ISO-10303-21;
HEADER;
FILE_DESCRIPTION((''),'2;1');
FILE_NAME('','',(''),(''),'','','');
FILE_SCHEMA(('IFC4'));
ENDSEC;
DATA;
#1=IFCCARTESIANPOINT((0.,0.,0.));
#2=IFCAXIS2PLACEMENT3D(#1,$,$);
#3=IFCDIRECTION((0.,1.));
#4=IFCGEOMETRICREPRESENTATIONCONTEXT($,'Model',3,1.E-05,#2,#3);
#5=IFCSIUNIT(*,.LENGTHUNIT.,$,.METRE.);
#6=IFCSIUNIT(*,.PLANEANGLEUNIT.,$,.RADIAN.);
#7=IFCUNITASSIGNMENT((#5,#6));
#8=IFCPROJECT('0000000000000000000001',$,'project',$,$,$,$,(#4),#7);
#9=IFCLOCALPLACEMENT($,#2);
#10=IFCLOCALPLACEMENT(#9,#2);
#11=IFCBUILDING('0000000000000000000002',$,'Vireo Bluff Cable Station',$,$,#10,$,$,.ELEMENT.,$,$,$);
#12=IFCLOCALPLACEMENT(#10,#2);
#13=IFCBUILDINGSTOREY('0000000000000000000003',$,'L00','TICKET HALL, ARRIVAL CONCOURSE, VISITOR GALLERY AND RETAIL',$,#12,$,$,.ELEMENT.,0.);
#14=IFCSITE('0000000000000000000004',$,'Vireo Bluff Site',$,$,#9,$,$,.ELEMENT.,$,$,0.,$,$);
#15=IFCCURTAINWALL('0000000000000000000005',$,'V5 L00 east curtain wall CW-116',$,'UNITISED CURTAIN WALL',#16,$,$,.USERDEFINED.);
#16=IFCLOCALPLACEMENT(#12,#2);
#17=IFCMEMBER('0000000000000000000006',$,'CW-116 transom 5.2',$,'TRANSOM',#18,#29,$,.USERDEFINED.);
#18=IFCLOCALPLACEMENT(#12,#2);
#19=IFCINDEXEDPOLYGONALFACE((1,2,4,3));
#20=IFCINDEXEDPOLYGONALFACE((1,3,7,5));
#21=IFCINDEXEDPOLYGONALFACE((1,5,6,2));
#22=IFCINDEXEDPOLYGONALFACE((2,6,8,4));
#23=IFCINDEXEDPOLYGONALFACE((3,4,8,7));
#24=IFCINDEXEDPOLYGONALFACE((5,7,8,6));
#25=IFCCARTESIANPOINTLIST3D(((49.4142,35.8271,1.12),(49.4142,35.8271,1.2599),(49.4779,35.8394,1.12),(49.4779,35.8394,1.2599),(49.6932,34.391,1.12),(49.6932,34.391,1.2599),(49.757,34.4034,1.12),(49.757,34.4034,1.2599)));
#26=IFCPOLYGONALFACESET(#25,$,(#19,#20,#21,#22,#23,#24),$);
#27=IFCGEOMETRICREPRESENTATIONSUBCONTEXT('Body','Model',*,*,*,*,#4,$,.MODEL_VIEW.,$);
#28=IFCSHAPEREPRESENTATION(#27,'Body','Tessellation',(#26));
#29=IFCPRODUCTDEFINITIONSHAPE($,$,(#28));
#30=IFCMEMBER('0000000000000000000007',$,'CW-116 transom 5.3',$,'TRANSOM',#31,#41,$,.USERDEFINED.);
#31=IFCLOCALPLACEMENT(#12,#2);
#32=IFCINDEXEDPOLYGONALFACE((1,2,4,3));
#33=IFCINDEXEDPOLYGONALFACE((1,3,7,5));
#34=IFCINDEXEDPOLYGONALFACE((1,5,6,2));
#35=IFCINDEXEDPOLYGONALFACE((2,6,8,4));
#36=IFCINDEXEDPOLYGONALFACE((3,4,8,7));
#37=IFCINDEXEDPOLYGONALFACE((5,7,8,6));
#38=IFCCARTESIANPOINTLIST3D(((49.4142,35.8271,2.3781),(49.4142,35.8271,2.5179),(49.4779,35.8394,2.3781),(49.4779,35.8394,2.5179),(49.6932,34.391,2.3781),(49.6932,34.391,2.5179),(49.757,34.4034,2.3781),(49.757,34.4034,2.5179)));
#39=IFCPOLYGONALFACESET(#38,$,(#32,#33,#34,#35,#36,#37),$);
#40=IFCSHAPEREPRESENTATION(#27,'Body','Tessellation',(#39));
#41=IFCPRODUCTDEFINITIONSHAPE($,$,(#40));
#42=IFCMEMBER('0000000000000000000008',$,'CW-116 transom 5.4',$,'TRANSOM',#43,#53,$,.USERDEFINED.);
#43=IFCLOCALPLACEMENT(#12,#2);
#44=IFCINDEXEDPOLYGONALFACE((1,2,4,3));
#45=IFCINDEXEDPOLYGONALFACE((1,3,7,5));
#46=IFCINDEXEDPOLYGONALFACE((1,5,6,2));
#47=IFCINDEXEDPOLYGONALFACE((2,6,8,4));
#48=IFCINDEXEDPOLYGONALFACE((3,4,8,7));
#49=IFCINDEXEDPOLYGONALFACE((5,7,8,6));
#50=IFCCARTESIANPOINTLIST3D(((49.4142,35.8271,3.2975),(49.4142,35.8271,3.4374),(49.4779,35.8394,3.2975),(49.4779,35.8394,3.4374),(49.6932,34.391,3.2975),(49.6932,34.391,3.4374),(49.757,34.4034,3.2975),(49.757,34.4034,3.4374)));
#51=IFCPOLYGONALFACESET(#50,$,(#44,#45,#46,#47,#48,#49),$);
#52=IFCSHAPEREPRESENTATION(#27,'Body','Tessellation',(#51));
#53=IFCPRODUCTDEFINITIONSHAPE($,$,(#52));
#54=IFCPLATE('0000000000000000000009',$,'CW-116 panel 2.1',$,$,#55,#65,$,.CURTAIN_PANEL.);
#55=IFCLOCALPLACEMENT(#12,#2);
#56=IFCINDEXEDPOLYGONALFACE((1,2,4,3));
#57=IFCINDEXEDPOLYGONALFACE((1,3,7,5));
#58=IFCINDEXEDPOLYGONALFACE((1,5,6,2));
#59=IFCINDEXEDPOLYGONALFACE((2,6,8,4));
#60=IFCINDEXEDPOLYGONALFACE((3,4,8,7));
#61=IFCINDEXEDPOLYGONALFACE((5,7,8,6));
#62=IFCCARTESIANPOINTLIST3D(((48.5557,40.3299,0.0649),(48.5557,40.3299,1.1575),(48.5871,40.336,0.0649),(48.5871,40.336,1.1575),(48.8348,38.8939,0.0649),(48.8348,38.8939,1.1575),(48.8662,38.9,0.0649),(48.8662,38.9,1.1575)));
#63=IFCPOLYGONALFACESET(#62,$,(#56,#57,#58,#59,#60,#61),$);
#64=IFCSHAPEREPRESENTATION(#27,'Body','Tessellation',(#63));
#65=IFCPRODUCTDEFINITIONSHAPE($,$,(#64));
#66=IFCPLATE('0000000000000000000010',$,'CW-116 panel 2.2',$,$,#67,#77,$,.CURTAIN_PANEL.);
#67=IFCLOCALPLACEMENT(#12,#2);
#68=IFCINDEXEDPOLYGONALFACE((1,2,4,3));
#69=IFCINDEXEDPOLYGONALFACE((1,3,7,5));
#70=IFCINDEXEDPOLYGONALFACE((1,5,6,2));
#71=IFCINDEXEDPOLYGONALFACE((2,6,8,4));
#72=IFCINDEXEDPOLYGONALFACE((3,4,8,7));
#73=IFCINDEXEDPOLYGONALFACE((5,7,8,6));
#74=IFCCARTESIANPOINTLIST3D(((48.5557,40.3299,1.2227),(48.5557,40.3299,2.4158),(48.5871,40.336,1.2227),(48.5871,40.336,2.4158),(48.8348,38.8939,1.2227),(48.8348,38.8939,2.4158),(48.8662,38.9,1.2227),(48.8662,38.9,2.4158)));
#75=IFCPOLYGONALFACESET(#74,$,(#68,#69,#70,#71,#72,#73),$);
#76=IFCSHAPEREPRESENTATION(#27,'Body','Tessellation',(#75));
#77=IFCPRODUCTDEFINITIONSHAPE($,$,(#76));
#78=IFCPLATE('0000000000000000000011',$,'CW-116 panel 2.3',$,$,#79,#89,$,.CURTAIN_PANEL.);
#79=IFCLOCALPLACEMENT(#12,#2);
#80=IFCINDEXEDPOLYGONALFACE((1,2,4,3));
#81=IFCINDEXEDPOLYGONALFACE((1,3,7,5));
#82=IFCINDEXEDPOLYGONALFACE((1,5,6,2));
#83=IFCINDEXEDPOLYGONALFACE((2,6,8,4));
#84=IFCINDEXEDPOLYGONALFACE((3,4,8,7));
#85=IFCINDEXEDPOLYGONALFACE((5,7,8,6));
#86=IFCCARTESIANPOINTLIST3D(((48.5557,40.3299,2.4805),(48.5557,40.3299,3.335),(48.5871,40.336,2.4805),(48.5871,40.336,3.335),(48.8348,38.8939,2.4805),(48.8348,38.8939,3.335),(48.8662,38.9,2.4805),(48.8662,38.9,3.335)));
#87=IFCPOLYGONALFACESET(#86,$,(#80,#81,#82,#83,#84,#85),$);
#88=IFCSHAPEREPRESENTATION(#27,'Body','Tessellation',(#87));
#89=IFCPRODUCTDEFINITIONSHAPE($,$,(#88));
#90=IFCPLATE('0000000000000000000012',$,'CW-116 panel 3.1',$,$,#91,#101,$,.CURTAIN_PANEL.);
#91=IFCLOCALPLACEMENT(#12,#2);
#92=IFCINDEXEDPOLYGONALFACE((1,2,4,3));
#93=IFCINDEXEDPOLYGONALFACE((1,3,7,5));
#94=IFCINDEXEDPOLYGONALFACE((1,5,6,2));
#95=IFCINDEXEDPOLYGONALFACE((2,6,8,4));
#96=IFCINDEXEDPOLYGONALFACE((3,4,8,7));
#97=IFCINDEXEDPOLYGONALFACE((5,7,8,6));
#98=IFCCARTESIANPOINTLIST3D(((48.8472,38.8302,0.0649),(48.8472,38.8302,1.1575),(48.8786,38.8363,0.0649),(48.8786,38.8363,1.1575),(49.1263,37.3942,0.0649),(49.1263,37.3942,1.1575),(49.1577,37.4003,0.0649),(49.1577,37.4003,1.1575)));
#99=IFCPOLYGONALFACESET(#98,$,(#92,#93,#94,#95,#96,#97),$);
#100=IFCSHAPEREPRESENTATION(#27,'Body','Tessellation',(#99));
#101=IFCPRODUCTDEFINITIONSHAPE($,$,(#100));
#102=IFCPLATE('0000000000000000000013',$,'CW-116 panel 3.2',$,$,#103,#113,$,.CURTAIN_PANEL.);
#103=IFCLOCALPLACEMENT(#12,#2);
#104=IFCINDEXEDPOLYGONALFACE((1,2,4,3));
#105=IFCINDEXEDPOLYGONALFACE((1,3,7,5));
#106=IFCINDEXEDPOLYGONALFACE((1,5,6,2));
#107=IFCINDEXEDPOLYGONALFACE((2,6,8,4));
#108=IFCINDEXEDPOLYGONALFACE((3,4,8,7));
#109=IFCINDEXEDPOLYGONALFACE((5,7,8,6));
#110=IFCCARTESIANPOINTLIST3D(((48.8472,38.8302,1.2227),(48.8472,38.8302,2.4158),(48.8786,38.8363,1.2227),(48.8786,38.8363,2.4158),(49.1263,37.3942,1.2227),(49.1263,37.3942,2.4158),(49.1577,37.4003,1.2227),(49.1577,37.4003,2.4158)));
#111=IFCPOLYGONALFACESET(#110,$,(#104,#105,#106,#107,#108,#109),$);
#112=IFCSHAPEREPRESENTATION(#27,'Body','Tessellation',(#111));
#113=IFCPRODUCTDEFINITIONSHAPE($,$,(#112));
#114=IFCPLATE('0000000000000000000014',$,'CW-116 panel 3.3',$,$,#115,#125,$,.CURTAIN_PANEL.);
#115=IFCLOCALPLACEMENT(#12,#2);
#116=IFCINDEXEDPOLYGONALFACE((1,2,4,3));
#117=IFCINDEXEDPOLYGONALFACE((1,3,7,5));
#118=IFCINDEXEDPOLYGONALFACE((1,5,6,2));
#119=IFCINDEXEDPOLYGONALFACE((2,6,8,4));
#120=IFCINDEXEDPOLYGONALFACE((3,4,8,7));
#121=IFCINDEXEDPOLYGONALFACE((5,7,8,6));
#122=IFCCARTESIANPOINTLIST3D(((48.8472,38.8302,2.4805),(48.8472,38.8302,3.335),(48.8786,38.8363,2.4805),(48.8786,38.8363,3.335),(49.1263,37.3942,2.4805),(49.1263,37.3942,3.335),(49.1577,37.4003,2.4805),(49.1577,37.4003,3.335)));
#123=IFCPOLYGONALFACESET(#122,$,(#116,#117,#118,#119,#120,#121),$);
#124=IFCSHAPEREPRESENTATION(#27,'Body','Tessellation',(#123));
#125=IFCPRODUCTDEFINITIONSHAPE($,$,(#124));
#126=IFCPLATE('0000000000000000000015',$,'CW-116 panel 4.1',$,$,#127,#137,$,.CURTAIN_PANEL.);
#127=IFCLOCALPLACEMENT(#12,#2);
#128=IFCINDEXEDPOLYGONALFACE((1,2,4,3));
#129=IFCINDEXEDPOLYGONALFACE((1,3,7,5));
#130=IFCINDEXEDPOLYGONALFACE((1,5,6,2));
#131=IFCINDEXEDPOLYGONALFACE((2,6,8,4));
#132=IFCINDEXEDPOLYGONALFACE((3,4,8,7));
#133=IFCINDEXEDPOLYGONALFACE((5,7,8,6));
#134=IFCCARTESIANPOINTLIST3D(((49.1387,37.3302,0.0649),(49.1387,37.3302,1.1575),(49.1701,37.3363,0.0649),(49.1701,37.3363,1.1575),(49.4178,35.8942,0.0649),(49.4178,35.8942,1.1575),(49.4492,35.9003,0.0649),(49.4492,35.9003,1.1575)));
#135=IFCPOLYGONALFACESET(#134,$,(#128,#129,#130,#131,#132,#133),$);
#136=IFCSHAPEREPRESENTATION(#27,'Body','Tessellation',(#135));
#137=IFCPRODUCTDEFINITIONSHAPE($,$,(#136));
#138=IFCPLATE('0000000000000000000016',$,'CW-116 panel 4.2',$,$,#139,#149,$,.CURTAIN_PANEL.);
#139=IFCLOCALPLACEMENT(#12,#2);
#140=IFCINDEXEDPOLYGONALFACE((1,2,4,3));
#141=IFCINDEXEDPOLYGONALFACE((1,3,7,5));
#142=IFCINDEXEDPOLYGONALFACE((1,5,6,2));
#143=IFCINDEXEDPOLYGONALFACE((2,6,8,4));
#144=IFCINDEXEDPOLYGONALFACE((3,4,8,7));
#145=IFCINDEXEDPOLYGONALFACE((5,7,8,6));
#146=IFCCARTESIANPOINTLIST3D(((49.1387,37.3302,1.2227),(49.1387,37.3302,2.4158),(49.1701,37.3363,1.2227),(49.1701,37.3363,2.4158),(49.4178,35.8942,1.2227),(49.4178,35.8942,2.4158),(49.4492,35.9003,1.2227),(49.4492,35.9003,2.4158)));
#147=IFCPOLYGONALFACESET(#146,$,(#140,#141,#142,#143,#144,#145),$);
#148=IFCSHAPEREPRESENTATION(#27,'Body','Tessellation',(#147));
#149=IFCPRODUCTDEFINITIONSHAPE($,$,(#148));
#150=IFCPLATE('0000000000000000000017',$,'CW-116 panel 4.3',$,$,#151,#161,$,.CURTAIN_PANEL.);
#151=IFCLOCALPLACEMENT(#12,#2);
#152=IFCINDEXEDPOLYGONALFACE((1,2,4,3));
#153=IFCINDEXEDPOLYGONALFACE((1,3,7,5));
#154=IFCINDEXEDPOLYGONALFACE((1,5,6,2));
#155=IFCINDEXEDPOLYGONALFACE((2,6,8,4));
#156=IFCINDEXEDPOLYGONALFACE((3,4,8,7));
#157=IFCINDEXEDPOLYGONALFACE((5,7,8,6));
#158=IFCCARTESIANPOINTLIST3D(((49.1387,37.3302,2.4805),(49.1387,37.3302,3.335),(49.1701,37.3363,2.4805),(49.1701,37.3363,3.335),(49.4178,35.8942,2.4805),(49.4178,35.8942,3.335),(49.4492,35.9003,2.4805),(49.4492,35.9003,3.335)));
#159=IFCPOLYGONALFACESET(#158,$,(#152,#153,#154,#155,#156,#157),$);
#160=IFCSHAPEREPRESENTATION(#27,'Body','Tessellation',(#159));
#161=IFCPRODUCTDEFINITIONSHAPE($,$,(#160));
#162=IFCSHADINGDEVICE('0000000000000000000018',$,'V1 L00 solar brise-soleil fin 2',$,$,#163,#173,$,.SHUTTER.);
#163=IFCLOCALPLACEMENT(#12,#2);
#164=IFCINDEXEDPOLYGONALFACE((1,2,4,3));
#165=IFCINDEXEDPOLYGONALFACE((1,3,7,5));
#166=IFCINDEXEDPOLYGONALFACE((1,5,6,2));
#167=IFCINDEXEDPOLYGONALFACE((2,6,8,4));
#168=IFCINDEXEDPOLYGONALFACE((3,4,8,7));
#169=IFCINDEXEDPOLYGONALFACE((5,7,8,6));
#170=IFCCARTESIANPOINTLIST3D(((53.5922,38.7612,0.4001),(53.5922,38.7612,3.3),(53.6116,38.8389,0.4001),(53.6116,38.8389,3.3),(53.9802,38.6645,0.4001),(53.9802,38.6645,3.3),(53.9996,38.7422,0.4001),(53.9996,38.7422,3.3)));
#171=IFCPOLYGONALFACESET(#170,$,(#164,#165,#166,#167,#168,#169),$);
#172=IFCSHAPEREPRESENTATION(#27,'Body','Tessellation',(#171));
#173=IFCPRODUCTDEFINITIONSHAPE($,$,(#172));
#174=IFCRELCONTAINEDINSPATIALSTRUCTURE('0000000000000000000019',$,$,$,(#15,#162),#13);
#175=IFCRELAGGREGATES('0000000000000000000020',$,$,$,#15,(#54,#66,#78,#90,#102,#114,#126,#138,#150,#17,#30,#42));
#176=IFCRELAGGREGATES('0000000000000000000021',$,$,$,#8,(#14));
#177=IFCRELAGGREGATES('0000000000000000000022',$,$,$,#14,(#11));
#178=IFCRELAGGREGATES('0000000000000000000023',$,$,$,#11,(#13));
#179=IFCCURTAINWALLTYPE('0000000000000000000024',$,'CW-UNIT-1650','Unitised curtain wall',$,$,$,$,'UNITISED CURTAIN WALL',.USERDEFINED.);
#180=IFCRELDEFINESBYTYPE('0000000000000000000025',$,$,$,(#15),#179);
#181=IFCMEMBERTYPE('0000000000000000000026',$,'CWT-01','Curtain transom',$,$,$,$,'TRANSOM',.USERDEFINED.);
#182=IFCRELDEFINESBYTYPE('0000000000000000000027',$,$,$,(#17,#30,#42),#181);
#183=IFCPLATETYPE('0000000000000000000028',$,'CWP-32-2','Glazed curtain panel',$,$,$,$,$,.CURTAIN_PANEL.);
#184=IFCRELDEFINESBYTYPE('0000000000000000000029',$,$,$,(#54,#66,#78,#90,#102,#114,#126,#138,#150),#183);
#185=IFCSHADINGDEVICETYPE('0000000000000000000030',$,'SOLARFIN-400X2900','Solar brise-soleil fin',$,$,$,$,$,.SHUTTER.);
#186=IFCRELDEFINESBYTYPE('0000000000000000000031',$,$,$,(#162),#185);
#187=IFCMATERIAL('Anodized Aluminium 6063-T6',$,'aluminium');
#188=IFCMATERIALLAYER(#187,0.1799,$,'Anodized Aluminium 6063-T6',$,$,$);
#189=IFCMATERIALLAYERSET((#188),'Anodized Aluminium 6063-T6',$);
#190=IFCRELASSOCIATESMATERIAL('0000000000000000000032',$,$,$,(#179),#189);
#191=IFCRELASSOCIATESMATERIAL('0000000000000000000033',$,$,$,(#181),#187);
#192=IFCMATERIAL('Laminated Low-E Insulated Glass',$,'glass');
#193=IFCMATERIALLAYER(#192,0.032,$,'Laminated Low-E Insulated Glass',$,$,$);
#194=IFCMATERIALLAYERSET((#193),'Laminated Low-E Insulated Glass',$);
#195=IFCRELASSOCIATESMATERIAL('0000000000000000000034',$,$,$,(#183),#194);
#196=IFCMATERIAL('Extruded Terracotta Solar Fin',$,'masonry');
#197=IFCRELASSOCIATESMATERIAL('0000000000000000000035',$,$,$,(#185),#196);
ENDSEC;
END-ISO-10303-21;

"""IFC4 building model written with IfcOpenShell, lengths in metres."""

from ifc_helpers import new_model, si_unit, direction, frame, origin, origin_2d, place, context, subcontext, project, spatial, rectangle, extrude, material, layer, layer_set, material_profile, profile_set, type_object, element, aggregate, save


model = new_model("IFC4")

# Units and contexts
model_context = context("Model", 3, precision=1e-05, world=origin(), true_north=direction((0.0, 1.0)))
body_context = subcontext(model_context, "Body", "Model", "MODEL_VIEW")
ifc_project = project(units=[si_unit("LENGTHUNIT", "METRE"), si_unit("PLANEANGLEUNIT", "RADIAN")], contexts=[model_context])

# Site, building, storey
site_placement = place(None, origin())
site = spatial("IfcSite", under=ifc_project, at=site_placement, Name="Vireo Bluff Site", CompositionType="ELEMENT", RefElevation=0.0)
building_placement = place(site_placement, origin())
building = spatial("IfcBuilding", under=site, at=building_placement, Name="Vireo Bluff Cable Station", CompositionType="ELEMENT")
storey_placement = place(building_placement, origin())
storey = spatial("IfcBuildingStorey", under=building, at=storey_placement, Name="L00", Description="TICKET HALL, ARRIVAL CONCOURSE, VISITOR GALLERY AND RETAIL", CompositionType="ELEMENT", Elevation=0.0)

# Curtain wall, members, plates
ifc_material_1 = material(Name="Anodized Aluminium 6063-T6", Category="aluminium")
ifc_layer_1 = layer(ifc_material_1, 0.1799, Name="Anodized Aluminium 6063-T6")
ifc_layer_set_1 = layer_set([ifc_layer_1], Name="Anodized Aluminium 6063-T6")
curtain_wall_type = type_object("IfcCurtainWallType", Name="CW-UNIT-1650", Description="Unitised curtain wall", ElementType="UNITISED CURTAIN WALL", PredefinedType="USERDEFINED", material=ifc_layer_set_1)
curtain_wall_placement = place(storey_placement, origin())
curtain_wall = element("IfcCurtainWall", 1, at=curtain_wall_placement, inside=storey, type_object=curtain_wall_type, Name="V5 L00 east curtain wall CW-116", ObjectType="UNITISED CURTAIN WALL", PredefinedType="USERDEFINED")
ifc_material_profile_1 = material_profile(ifc_material_1, rectangle(XDim=0.0649, YDim=0.1399, at=origin_2d()), Name="ALU-T-65X140")
ifc_profile_set_1 = profile_set([ifc_material_profile_1], Name="Anodized Aluminium 6063-T6")
member_type_1 = type_object("IfcMemberType", Name="CWT-01", Description="Curtain transom", ElementType="TRANSOM", PredefinedType="USERDEFINED", material=ifc_profile_set_1)
member_1_placement = place(storey_placement, frame((49.446, 35.8333, 1.1899), z_axis=(0.190754, -0.981638, 0.0), x_axis=(0.981638, 0.190754, 0.0)))
member_1 = element("IfcMember", 2, at=member_1_placement, type_object=member_type_1, Name="CW-116 transom 5.2", ObjectType="TRANSOM", PredefinedType="USERDEFINED", context=body_context, shape_type="SweptSolid", body=[
    extrude(rectangle(XDim=0.0649, YDim=0.1399, at=origin_2d()), origin(), (0.0, 0.0, 1.0), 1.4629),
])
member_2_placement = place(storey_placement, frame((49.446, 35.8333, 2.448), z_axis=(0.190754, -0.981638, 0.0), x_axis=(0.981638, 0.190754, 0.0)))
member_2 = element("IfcMember", 3, at=member_2_placement, type_object=member_type_1, Name="CW-116 transom 5.3", ObjectType="TRANSOM", PredefinedType="USERDEFINED", context=body_context, shape_type="SweptSolid", body=[
    extrude(rectangle(XDim=0.0649, YDim=0.1399, at=origin_2d()), origin(), (0.0, 0.0, 1.0), 1.4629),
])
member_3_placement = place(storey_placement, frame((49.446, 35.8333, 3.3674), z_axis=(0.190754, -0.981638, 0.0), x_axis=(0.981638, 0.190754, 0.0)))
member_3 = element("IfcMember", 4, at=member_3_placement, type_object=member_type_1, Name="CW-116 transom 5.4", ObjectType="TRANSOM", PredefinedType="USERDEFINED", context=body_context, shape_type="SweptSolid", body=[
    extrude(rectangle(XDim=0.0649, YDim=0.1399, at=origin_2d()), origin(), (0.0, 0.0, 1.0), 1.4629),
])
ifc_material_2 = material(Name="Laminated Low-E Insulated Glass", Category="glass")
ifc_layer_2 = layer(ifc_material_2, 0.032, Name="Laminated Low-E Insulated Glass")
ifc_layer_set_2 = layer_set([ifc_layer_2], Name="Laminated Low-E Insulated Glass")
plate_type = type_object("IfcPlateType", Name="CWP-32-2", Description="Glazed curtain panel", PredefinedType="CURTAIN_PANEL", material=ifc_layer_set_2)
plate_1_placement = place(storey_placement, frame((48.7109, 39.615, 0.0649), z_axis=(0.0, 0.0, 1.0), x_axis=(0.190809, -0.981627, 0.0)))
plate_1 = element("IfcPlate", 5, at=plate_1_placement, type_object=plate_type, Name="CW-116 panel 2.1", PredefinedType="CURTAIN_PANEL", context=body_context, shape_type="SweptSolid", body=[
    extrude(rectangle(XDim=1.4629, YDim=0.032, at=origin_2d()), origin(), (0.0, 0.0, 1.0), 1.0925),
])
plate_2_placement = place(storey_placement, frame((48.7109, 39.615, 1.2227), z_axis=(0.0, 0.0, 1.0), x_axis=(0.190809, -0.981627, 0.0)))
plate_2 = element("IfcPlate", 6, at=plate_2_placement, type_object=plate_type, Name="CW-116 panel 2.2", PredefinedType="CURTAIN_PANEL", context=body_context, shape_type="SweptSolid", body=[
    extrude(rectangle(XDim=1.4629, YDim=0.032, at=origin_2d()), origin(), (0.0, 0.0, 1.0), 1.1931),
])
plate_3_placement = place(storey_placement, frame((48.7109, 39.615, 2.4805), z_axis=(0.0, 0.0, 1.0), x_axis=(0.190809, -0.981627, 0.0)))
plate_3 = element("IfcPlate", 7, at=plate_3_placement, type_object=plate_type, Name="CW-116 panel 2.3", PredefinedType="CURTAIN_PANEL", context=body_context, shape_type="SweptSolid", body=[
    extrude(rectangle(XDim=1.4629, YDim=0.032, at=origin_2d()), origin(), (0.0, 0.0, 1.0), 0.8545),
])
plate_4_placement = place(storey_placement, frame((49.0024, 38.1152, 0.0649), z_axis=(0.0, 0.0, 1.0), x_axis=(0.190809, -0.981627, 0.0)))
plate_4 = element("IfcPlate", 8, at=plate_4_placement, type_object=plate_type, Name="CW-116 panel 3.1", PredefinedType="CURTAIN_PANEL", context=body_context, shape_type="SweptSolid", body=[
    extrude(rectangle(XDim=1.4629, YDim=0.032, at=origin_2d()), origin(), (0.0, 0.0, 1.0), 1.0925),
])
plate_5_placement = place(storey_placement, frame((49.0024, 38.1152, 1.2227), z_axis=(0.0, 0.0, 1.0), x_axis=(0.190809, -0.981627, 0.0)))
plate_5 = element("IfcPlate", 9, at=plate_5_placement, type_object=plate_type, Name="CW-116 panel 3.2", PredefinedType="CURTAIN_PANEL", context=body_context, shape_type="SweptSolid", body=[
    extrude(rectangle(XDim=1.4629, YDim=0.032, at=origin_2d()), origin(), (0.0, 0.0, 1.0), 1.1931),
])
plate_6_placement = place(storey_placement, frame((49.0024, 38.1152, 2.4805), z_axis=(0.0, 0.0, 1.0), x_axis=(0.190809, -0.981627, 0.0)))
plate_6 = element("IfcPlate", 10, at=plate_6_placement, type_object=plate_type, Name="CW-116 panel 3.3", PredefinedType="CURTAIN_PANEL", context=body_context, shape_type="SweptSolid", body=[
    extrude(rectangle(XDim=1.4629, YDim=0.032, at=origin_2d()), origin(), (0.0, 0.0, 1.0), 0.8545),
])
plate_7_placement = place(storey_placement, frame((49.2939, 36.6152, 0.0649), z_axis=(0.0, 0.0, 1.0), x_axis=(0.190809, -0.981627, 0.0)))
plate_7 = element("IfcPlate", 11, at=plate_7_placement, type_object=plate_type, Name="CW-116 panel 4.1", PredefinedType="CURTAIN_PANEL", context=body_context, shape_type="SweptSolid", body=[
    extrude(rectangle(XDim=1.4629, YDim=0.032, at=origin_2d()), origin(), (0.0, 0.0, 1.0), 1.0925),
])
plate_8_placement = place(storey_placement, frame((49.2939, 36.6152, 1.2227), z_axis=(0.0, 0.0, 1.0), x_axis=(0.190809, -0.981627, 0.0)))
plate_8 = element("IfcPlate", 12, at=plate_8_placement, type_object=plate_type, Name="CW-116 panel 4.2", PredefinedType="CURTAIN_PANEL", context=body_context, shape_type="SweptSolid", body=[
    extrude(rectangle(XDim=1.4629, YDim=0.032, at=origin_2d()), origin(), (0.0, 0.0, 1.0), 1.1931),
])
plate_9_placement = place(storey_placement, frame((49.2939, 36.6152, 2.4805), z_axis=(0.0, 0.0, 1.0), x_axis=(0.190809, -0.981627, 0.0)))
plate_9 = element("IfcPlate", 13, at=plate_9_placement, type_object=plate_type, Name="CW-116 panel 4.3", PredefinedType="CURTAIN_PANEL", context=body_context, shape_type="SweptSolid", body=[
    extrude(rectangle(XDim=1.4629, YDim=0.032, at=origin_2d()), origin(), (0.0, 0.0, 1.0), 0.8545),
])
aggregate(curtain_wall, [plate_1, plate_2, plate_3, plate_4, plate_5, plate_6, plate_7, plate_8, plate_9, member_1, member_2, member_3])

# Shading device
ifc_material_3 = material(Name="Extruded Terracotta Solar Fin", Category="masonry")
shading_device_type = type_object("IfcShadingDeviceType", Name="SOLARFIN-400X2900", Description="Solar brise-soleil fin", PredefinedType="SHUTTER", material=ifc_material_3)
shading_device_placement = place(storey_placement, frame((53.7959, 38.7517, 0.4001), z_axis=(0.0, 0.0, 1.0), x_axis=(0.241922, 0.970296, 0.0)))
element("IfcShadingDevice", 14, at=shading_device_placement, inside=storey, type_object=shading_device_type, Name="V1 L00 solar brise-soleil fin 2", PredefinedType="SHUTTER", context=body_context, shape_type="SweptSolid", body=[
    extrude(rectangle(XDim=0.0801, YDim=0.3999, at=origin_2d()), origin(), (0.0, 0.0, 1.0), 2.8999),
])

save(model, "model.ifc")
